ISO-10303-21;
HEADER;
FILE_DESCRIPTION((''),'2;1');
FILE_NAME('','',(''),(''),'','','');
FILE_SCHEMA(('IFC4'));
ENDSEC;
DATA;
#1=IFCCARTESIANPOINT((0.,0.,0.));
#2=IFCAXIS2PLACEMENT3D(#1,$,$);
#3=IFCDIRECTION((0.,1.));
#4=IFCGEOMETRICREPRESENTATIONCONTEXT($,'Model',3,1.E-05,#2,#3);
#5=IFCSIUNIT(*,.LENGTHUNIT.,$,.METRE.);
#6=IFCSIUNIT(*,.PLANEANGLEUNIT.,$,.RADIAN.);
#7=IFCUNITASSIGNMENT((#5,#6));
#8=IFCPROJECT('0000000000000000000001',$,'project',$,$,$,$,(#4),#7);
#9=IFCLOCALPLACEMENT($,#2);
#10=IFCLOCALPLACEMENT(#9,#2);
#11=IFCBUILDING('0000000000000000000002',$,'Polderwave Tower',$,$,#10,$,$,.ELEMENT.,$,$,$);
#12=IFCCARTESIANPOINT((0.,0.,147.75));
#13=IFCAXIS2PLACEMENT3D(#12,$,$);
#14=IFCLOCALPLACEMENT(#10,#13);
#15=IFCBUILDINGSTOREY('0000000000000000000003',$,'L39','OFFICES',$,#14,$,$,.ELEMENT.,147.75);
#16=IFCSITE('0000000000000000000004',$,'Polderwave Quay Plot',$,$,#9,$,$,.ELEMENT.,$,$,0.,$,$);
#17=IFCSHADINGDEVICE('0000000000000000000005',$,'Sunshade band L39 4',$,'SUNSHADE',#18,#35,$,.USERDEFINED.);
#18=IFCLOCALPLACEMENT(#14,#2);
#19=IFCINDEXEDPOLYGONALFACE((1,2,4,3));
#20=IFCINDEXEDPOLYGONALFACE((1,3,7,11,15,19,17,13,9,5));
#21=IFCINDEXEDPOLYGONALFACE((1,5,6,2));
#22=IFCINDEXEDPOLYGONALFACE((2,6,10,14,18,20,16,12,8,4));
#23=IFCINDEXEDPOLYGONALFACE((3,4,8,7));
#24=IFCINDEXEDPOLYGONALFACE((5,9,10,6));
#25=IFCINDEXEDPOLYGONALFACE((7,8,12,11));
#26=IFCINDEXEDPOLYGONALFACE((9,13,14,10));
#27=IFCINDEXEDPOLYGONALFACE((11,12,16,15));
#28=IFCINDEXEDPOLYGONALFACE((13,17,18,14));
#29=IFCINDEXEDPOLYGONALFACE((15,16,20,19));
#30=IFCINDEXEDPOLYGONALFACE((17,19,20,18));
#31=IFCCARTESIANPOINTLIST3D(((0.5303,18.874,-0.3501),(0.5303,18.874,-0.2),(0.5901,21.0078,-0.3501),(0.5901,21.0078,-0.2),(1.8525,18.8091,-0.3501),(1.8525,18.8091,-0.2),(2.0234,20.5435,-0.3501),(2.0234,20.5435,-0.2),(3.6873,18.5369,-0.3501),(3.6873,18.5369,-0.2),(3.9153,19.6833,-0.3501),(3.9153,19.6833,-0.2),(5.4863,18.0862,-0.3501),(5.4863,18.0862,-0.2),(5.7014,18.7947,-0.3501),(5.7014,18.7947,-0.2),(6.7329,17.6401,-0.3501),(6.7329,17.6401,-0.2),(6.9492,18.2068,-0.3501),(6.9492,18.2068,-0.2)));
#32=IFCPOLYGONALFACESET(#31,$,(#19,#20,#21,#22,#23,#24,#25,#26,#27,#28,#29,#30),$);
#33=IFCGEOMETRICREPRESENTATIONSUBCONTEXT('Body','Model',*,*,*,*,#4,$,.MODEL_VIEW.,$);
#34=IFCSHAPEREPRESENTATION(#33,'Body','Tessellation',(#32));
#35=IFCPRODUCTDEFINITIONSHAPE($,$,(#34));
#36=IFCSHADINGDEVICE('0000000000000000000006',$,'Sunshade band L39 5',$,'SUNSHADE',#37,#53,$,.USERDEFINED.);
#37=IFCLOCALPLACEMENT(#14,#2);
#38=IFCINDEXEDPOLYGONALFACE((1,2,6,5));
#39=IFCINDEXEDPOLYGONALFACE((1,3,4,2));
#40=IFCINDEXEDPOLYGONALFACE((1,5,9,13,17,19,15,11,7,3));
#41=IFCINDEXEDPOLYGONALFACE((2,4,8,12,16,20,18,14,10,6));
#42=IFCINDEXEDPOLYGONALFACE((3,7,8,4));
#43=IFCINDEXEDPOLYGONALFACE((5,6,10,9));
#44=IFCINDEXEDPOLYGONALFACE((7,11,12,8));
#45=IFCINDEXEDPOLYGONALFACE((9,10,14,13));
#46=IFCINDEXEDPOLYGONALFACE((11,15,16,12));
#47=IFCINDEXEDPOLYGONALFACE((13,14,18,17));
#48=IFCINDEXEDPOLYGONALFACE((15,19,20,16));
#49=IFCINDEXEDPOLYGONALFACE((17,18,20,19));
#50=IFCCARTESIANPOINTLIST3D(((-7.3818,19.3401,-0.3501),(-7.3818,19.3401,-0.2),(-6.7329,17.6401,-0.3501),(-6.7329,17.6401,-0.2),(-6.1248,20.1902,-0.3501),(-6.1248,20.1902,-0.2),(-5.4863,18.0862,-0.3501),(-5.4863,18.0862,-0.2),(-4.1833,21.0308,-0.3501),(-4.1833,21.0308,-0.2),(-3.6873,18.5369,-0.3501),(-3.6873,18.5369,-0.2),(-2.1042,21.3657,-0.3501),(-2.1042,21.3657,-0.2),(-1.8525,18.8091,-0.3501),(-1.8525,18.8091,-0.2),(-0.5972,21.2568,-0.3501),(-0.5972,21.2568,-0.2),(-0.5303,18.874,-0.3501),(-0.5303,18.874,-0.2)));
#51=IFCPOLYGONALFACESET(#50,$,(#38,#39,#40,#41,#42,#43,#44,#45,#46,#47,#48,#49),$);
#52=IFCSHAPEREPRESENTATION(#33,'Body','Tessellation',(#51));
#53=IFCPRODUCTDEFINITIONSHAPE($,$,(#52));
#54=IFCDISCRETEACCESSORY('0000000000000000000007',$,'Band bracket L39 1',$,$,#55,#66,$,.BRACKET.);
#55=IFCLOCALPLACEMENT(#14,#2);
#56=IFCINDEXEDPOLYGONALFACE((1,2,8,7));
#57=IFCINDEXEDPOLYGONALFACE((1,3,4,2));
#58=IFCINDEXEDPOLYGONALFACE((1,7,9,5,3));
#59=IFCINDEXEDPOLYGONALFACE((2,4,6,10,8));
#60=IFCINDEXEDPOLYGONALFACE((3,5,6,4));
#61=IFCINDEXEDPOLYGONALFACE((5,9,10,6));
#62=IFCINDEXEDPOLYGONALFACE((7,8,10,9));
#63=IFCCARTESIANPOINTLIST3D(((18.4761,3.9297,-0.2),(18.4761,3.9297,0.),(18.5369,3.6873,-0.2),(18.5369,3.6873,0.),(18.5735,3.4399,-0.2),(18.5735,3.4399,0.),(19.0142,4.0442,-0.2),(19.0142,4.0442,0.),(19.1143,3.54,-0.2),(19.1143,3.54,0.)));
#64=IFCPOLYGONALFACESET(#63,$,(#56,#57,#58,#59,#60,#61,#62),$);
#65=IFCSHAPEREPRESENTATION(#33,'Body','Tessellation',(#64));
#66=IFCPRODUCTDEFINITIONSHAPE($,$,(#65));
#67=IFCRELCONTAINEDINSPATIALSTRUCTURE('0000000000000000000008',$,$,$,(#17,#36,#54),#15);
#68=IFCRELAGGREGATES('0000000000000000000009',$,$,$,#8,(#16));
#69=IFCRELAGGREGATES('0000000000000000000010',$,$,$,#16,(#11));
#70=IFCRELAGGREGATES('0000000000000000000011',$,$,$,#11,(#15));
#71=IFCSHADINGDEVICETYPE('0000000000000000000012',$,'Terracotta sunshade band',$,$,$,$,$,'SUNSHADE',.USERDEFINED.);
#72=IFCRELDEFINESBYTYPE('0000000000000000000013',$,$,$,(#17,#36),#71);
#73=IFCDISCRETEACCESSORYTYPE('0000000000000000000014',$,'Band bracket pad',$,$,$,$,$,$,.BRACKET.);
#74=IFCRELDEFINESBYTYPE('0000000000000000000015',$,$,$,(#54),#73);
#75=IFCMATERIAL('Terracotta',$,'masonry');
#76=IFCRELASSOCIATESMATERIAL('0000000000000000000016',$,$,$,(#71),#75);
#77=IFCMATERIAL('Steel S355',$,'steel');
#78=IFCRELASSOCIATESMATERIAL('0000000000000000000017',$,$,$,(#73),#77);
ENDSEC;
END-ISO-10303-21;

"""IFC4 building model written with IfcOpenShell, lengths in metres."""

from ifc_helpers import new_model, si_unit, direction, frame, origin, place, context, subcontext, project, spatial, polyline, outline, extrude, material, type_object, element, save


model = new_model("IFC4")

# Units and contexts
model_context = context("Model", 3, precision=1e-05, world=origin(), true_north=direction((0.0, 1.0)))
body_context = subcontext(model_context, "Body", "Model", "MODEL_VIEW")
ifc_project = project(units=[si_unit("LENGTHUNIT", "METRE"), si_unit("PLANEANGLEUNIT", "RADIAN")], contexts=[model_context])

# Site, building, storey
site_placement = place(None, origin())
site = spatial("IfcSite", under=ifc_project, at=site_placement, Name="Polderwave Quay Plot", CompositionType="ELEMENT", RefElevation=0.0)
building_placement = place(site_placement, origin())
building = spatial("IfcBuilding", under=site, at=building_placement, Name="Polderwave Tower", CompositionType="ELEMENT")
storey_placement = place(building_placement, frame((0.0, 0.0, 147.75)))
storey = spatial("IfcBuildingStorey", under=building, at=storey_placement, Name="L39", Description="OFFICES", CompositionType="ELEMENT", Elevation=147.75)

# Shading devices
ifc_material_1 = material(Name="Terracotta", Category="masonry")
shading_device_type = type_object("IfcShadingDeviceType", Name="Terracotta sunshade band", ElementType="SUNSHADE", PredefinedType="USERDEFINED", material=ifc_material_1)
shading_device_1_placement = place(storey_placement, frame((0.0, 0.0, -0.3501)))
element("IfcShadingDevice", 1, at=shading_device_1_placement, inside=storey, type_object=shading_device_type, Name="Sunshade band L39 4", ObjectType="SUNSHADE", PredefinedType="USERDEFINED", context=body_context, shape_type="SweptSolid", body=[
    extrude(outline(polyline([(6.7329, 17.6401), (5.4863, 18.0862), (3.6873, 18.5369), (1.8525, 18.8091), (0.5303, 18.874), (0.5901, 21.0078), (2.0234, 20.5435), (3.9153, 19.6833), (5.7014, 18.7947), (6.9492, 18.2068), (6.7329, 17.6401)])), origin(), (0.0, 0.0, 1.0), 0.1501),
])
shading_device_2_placement = place(storey_placement, frame((0.0, 0.0, -0.3501)))
element("IfcShadingDevice", 2, at=shading_device_2_placement, inside=storey, type_object=shading_device_type, Name="Sunshade band L39 5", ObjectType="SUNSHADE", PredefinedType="USERDEFINED", context=body_context, shape_type="SweptSolid", body=[
    extrude(outline(polyline([(-0.5303, 18.874), (-1.8525, 18.8091), (-3.6873, 18.5369), (-5.4863, 18.0862), (-6.7329, 17.6401), (-7.3818, 19.3401), (-6.1248, 20.1902), (-4.1833, 21.0308), (-2.1042, 21.3657), (-0.5972, 21.2568), (-0.5303, 18.874)])), origin(), (0.0, 0.0, 1.0), 0.1501),
])

# Discrete accessory
ifc_material_2 = material(Name="Steel S355", Category="steel")
discrete_accessory_type = type_object("IfcDiscreteAccessoryType", Name="Band bracket pad", PredefinedType="BRACKET", material=ifc_material_2)
discrete_accessory_placement = place(storey_placement, frame((0.0, 0.0, -0.2)))
element("IfcDiscreteAccessory", 3, at=discrete_accessory_placement, inside=storey, type_object=discrete_accessory_type, Name="Band bracket L39 1", PredefinedType="BRACKET", context=body_context, shape_type="SweptSolid", body=[
    extrude(outline(polyline([(18.5735, 3.4399), (18.5369, 3.6873), (18.4761, 3.9297), (19.0142, 4.0442), (19.1143, 3.54), (18.5735, 3.4399)])), origin(), (0.0, 0.0, 1.0), 0.2),
])

save(model, "model.ifc")
